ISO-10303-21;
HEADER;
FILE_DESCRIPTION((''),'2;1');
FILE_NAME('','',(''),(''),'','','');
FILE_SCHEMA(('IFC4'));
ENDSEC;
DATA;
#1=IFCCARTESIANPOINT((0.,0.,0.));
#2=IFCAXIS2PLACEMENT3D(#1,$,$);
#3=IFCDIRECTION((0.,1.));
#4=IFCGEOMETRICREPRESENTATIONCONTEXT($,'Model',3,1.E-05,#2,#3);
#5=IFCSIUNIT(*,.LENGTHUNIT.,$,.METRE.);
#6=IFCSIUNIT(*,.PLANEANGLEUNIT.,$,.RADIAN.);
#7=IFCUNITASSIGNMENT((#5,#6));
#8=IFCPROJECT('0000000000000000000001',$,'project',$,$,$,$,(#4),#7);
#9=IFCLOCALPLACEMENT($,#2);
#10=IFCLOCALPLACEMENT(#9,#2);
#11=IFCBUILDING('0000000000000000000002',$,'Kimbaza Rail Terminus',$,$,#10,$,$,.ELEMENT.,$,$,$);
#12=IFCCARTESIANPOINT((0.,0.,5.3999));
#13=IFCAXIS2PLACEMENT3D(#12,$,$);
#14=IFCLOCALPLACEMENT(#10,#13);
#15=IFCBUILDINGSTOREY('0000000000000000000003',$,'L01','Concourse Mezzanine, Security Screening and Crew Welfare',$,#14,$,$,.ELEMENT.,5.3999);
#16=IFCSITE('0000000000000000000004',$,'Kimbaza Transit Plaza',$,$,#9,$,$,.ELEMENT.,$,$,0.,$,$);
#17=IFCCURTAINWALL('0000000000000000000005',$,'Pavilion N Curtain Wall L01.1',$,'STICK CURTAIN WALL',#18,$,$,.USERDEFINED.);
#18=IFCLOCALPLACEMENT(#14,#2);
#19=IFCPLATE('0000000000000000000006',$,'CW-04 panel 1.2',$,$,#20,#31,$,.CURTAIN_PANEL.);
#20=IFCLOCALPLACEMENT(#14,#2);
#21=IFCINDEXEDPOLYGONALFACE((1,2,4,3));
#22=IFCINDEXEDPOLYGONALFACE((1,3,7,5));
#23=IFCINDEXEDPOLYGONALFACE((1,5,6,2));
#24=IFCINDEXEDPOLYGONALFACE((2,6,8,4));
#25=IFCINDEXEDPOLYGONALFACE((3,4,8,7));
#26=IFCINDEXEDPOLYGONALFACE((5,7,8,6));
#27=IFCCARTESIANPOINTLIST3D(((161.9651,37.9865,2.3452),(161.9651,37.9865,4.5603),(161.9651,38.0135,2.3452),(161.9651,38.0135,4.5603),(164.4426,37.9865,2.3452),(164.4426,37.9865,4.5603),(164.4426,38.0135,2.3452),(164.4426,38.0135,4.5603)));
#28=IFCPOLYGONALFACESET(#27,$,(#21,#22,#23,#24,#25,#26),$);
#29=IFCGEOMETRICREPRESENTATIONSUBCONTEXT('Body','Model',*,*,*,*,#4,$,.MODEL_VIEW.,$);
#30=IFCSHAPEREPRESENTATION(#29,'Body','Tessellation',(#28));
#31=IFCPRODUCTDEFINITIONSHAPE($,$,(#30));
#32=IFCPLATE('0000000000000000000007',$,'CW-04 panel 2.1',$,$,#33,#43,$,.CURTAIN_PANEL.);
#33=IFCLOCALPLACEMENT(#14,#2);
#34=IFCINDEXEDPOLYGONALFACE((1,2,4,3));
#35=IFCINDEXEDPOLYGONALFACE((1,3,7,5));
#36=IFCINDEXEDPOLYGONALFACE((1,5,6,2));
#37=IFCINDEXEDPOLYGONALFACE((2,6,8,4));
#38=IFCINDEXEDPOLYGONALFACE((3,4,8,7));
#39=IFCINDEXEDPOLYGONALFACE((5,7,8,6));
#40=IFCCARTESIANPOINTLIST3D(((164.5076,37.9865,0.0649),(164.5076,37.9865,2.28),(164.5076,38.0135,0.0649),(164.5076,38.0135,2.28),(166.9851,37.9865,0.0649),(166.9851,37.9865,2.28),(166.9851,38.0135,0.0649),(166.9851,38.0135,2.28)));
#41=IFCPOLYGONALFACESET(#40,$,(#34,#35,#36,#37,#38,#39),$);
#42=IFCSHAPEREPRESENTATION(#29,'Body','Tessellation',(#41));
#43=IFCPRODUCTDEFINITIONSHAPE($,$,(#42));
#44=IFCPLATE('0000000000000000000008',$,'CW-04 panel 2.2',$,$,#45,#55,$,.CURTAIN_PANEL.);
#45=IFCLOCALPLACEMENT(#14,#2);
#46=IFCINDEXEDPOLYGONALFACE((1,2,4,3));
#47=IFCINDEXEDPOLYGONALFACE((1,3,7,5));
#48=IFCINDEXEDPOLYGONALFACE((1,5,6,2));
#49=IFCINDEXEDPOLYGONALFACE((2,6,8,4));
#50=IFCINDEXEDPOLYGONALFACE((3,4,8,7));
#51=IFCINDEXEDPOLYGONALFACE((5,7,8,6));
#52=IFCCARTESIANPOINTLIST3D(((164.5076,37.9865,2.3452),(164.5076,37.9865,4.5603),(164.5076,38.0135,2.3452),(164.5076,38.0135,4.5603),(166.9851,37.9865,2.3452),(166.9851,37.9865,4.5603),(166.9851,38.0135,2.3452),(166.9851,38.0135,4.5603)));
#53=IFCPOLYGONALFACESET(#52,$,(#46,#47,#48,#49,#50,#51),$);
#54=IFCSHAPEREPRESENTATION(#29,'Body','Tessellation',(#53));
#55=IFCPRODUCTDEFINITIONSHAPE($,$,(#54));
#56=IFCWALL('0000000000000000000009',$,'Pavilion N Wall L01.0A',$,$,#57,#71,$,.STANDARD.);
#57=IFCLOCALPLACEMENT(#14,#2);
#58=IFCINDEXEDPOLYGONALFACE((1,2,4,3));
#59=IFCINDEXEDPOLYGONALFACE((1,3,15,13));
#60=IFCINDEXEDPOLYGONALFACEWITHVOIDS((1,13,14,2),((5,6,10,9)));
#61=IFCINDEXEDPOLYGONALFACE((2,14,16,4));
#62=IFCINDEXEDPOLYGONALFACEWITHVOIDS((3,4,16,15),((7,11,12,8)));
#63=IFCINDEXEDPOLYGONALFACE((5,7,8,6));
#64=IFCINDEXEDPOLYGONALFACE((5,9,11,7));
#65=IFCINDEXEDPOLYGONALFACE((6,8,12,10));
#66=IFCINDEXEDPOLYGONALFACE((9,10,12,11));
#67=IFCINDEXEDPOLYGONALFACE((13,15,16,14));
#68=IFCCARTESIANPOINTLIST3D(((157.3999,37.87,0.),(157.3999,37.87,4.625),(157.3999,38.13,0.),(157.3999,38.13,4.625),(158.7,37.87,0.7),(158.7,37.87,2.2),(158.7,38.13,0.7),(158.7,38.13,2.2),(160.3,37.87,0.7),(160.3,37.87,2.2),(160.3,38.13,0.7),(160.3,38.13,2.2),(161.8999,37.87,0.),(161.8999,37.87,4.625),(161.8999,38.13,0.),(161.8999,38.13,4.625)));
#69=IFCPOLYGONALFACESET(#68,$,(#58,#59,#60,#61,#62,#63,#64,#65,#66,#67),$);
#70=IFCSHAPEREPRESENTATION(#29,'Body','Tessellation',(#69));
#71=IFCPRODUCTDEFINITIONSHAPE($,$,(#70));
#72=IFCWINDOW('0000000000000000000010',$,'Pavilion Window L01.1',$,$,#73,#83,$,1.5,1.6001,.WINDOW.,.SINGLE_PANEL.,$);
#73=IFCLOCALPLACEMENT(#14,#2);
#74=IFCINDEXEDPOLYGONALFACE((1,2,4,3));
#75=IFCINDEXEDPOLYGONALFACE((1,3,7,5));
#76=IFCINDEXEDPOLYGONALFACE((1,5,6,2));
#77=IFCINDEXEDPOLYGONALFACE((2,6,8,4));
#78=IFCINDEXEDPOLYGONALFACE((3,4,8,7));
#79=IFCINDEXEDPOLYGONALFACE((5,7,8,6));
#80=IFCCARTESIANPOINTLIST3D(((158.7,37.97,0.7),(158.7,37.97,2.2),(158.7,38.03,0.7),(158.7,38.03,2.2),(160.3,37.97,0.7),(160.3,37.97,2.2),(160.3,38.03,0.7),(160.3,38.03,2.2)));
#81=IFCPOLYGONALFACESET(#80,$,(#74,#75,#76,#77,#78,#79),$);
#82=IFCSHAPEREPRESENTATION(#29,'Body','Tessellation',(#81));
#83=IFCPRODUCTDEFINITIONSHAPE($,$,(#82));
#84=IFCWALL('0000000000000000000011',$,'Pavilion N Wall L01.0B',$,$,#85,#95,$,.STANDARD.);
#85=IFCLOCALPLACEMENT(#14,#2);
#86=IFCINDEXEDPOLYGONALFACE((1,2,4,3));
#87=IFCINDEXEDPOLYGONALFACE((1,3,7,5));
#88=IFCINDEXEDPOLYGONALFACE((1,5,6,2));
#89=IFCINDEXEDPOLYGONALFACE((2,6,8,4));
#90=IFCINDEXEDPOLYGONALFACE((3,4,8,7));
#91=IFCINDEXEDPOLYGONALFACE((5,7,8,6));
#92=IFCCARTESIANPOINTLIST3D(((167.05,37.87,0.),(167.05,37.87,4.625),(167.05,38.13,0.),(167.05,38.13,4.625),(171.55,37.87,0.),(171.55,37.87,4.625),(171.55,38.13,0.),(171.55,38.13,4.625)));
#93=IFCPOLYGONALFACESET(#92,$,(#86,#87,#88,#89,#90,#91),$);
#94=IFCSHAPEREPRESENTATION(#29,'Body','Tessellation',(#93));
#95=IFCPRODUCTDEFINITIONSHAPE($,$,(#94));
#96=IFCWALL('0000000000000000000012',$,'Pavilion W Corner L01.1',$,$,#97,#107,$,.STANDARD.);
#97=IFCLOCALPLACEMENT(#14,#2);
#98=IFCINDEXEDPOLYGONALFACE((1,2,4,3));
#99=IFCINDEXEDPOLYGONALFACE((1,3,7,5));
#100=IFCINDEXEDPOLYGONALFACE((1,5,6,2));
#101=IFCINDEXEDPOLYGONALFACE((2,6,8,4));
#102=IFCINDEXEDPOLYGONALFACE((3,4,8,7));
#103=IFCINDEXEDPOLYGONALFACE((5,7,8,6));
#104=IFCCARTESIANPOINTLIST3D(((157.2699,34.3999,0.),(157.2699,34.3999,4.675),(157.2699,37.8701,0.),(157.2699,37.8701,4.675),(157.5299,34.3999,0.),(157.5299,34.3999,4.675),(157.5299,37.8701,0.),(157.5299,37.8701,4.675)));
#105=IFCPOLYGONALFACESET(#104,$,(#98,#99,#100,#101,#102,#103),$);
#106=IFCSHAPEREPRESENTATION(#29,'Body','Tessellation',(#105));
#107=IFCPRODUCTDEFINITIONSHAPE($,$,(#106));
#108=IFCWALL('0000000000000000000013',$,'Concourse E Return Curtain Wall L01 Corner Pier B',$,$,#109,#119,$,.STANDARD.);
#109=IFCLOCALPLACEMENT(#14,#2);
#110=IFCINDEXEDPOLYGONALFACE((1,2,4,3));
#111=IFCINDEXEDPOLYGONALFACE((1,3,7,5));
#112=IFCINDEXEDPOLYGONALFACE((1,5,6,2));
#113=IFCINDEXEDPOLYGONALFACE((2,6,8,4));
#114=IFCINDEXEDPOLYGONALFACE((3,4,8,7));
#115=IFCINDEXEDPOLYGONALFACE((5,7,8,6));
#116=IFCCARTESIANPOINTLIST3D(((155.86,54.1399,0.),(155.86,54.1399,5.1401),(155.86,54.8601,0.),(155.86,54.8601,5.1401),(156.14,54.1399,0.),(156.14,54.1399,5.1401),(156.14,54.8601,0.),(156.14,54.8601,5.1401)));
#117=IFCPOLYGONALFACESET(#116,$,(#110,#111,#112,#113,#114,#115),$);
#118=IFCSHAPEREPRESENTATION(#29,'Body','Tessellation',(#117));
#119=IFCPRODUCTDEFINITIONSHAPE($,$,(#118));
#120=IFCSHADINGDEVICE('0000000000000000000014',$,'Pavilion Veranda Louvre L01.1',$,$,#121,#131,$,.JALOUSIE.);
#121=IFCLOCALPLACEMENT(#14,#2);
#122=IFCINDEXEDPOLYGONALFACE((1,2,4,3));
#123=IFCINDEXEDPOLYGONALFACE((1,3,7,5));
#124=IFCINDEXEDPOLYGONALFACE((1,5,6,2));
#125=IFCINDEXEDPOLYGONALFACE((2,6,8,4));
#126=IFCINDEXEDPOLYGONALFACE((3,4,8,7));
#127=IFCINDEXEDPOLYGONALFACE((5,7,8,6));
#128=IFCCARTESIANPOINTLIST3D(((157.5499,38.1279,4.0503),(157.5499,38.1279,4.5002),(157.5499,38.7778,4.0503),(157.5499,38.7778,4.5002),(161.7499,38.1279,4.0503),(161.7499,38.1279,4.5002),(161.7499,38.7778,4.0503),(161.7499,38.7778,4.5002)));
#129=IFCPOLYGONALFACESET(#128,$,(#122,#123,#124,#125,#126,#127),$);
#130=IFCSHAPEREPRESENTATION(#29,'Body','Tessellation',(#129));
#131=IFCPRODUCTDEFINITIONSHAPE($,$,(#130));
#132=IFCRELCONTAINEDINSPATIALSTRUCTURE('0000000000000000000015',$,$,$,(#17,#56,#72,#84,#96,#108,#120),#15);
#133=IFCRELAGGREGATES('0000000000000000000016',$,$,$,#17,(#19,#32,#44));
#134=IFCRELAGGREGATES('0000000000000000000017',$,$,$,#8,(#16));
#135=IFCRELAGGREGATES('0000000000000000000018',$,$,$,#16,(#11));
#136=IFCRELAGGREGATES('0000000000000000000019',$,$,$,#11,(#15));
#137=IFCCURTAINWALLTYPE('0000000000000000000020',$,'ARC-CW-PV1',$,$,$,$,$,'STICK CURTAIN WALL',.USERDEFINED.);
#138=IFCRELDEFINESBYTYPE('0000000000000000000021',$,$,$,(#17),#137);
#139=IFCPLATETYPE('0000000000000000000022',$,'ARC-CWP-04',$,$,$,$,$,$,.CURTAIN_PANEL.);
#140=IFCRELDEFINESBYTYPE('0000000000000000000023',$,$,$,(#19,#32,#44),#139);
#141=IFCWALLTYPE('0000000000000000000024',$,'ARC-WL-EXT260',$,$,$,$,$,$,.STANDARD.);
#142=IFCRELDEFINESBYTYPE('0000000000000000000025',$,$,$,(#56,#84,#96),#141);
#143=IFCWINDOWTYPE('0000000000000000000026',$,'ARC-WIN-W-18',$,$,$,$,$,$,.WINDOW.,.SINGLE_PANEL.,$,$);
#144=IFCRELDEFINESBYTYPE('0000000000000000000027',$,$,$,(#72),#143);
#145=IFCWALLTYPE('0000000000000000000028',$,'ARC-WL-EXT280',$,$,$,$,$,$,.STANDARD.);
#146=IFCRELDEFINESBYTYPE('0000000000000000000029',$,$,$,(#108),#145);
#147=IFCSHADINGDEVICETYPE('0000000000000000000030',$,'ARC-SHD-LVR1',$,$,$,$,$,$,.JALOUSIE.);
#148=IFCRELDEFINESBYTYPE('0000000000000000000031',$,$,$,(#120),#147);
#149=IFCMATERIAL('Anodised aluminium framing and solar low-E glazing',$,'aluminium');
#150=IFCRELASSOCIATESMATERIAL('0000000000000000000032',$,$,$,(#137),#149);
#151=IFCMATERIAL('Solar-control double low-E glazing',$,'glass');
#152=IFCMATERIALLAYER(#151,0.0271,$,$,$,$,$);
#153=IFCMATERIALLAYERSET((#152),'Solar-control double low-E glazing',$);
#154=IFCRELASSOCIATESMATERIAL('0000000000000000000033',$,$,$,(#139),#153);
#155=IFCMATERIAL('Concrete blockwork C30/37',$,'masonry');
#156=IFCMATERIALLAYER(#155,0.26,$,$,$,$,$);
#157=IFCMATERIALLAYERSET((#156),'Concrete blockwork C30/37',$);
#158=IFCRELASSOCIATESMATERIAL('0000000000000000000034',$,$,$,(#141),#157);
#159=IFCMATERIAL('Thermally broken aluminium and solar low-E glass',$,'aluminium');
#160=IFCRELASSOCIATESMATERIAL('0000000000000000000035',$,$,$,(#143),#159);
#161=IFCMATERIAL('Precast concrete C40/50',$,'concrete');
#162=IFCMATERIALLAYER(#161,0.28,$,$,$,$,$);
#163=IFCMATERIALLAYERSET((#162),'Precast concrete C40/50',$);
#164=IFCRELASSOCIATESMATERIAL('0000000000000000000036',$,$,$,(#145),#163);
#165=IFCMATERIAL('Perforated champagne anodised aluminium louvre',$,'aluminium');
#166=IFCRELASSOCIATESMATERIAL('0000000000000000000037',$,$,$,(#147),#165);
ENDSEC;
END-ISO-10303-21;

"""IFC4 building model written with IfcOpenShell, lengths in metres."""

from ifc_helpers import new_model, si_unit, direction, frame, frame_2d, origin, origin_2d, place, context, subcontext, project, spatial, rectangle, extrude, material, layer, layer_set, type_object, element, fill, aggregate, save


model = new_model("IFC4")

# Units and contexts
model_context = context("Model", 3, precision=1e-05, world=origin(), true_north=direction((0.0, 1.0)))
body_context = subcontext(model_context, "Body", "Model", "MODEL_VIEW")
ifc_project = project(units=[si_unit("LENGTHUNIT", "METRE"), si_unit("PLANEANGLEUNIT", "RADIAN")], contexts=[model_context])

# Site, building, storey
site_placement = place(None, origin())
site = spatial("IfcSite", under=ifc_project, at=site_placement, Name="Kimbaza Transit Plaza", CompositionType="ELEMENT", RefElevation=0.0)
building_placement = place(site_placement, origin())
building = spatial("IfcBuilding", under=site, at=building_placement, Name="Kimbaza Rail Terminus", CompositionType="ELEMENT")
storey_placement = place(building_placement, frame((0.0, 0.0, 5.3999)))
storey = spatial("IfcBuildingStorey", under=building, at=storey_placement, Name="L01", Description="Concourse Mezzanine, Security Screening and Crew Welfare", CompositionType="ELEMENT", Elevation=5.3999)

# Curtain wall
ifc_material_1 = material(Name="Anodised aluminium framing and solar low-E glazing", Category="aluminium")
curtain_wall_type_1 = type_object("IfcCurtainWallType", Name="ARC-CW-PV1", ElementType="STICK CURTAIN WALL", PredefinedType="USERDEFINED", material=ifc_material_1)
curtain_wall_1_placement = place(storey_placement, origin())
curtain_wall_1 = element("IfcCurtainWall", 1, at=curtain_wall_1_placement, inside=storey, type_object=curtain_wall_type_1, Name="Pavilion N Curtain Wall L01.1", ObjectType="STICK CURTAIN WALL", PredefinedType="USERDEFINED")

# Plates
ifc_material_2 = material(Name="Solar-control double low-E glazing", Category="glass")
ifc_layer_1 = layer(ifc_material_2, 0.0271)
ifc_layer_set_1 = layer_set([ifc_layer_1], Name="Solar-control double low-E glazing")
plate_type_1 = type_object("IfcPlateType", Name="ARC-CWP-04", PredefinedType="CURTAIN_PANEL", material=ifc_layer_set_1)
plate_1_placement = place(storey_placement, frame((163.2039, 38.0, 2.3452), z_axis=(0.0, 0.0, 1.0), x_axis=(1.0, 0.0, 0.0)))
plate_1 = element("IfcPlate", 2, at=plate_1_placement, type_object=plate_type_1, Name="CW-04 panel 1.2", PredefinedType="CURTAIN_PANEL", context=body_context, shape_type="SweptSolid", body=[
    extrude(rectangle(XDim=2.4775, YDim=0.0271, at=origin_2d()), origin(), (0.0, 0.0, 1.0), 2.2151),
])
plate_2_placement = place(storey_placement, frame((165.7463, 38.0, 0.0649), z_axis=(0.0, 0.0, 1.0), x_axis=(1.0, 0.0, 0.0)))
plate_2 = element("IfcPlate", 3, at=plate_2_placement, type_object=plate_type_1, Name="CW-04 panel 2.1", PredefinedType="CURTAIN_PANEL", context=body_context, shape_type="SweptSolid", body=[
    extrude(rectangle(XDim=2.4775, YDim=0.0271, at=origin_2d()), origin(), (0.0, 0.0, 1.0), 2.2151),
])
plate_3_placement = place(storey_placement, frame((165.7463, 38.0, 2.3452), z_axis=(0.0, 0.0, 1.0), x_axis=(1.0, 0.0, 0.0)))
plate_3 = element("IfcPlate", 4, at=plate_3_placement, type_object=plate_type_1, Name="CW-04 panel 2.2", PredefinedType="CURTAIN_PANEL", context=body_context, shape_type="SweptSolid", body=[
    extrude(rectangle(XDim=2.4775, YDim=0.0271, at=origin_2d()), origin(), (0.0, 0.0, 1.0), 2.2151),
])
aggregate(curtain_wall_1, [plate_1, plate_2, plate_3])

# Wall, opening, window
ifc_material_3 = material(Name="Concrete blockwork C30/37", Category="masonry")
ifc_layer_2 = layer(ifc_material_3, 0.26)
ifc_layer_set_2 = layer_set([ifc_layer_2], Name="Concrete blockwork C30/37")
wall_type_1 = type_object("IfcWallType", Name="ARC-WL-EXT260", PredefinedType="STANDARD", material=ifc_layer_set_2)
wall_1_placement = place(storey_placement, frame((157.3999, 38.0, 0.0), z_axis=(0.0, 0.0, 1.0), x_axis=(1.0, 0.0, 0.0)))
wall_1 = element("IfcWall", 5, at=wall_1_placement, inside=storey, type_object=wall_type_1, Name="Pavilion N Wall L01.0A", PredefinedType="STANDARD", context=body_context, shape_type="SweptSolid", body=[
    extrude(rectangle(XDim=4.5, YDim=0.26, at=frame_2d((2.25, 0.0))), origin(), (0.0, 0.0, 1.0), 4.625),
])
opening_placement = place(wall_1_placement, frame((1.3, 0.0, 0.7)))
opening = element("IfcOpeningElement", 6, at=opening_placement, cuts=wall_1, PredefinedType="OPENING", context=body_context, shape_type="SweptSolid", body=[
    extrude(rectangle(XDim=1.6001, YDim=1.5, at=frame_2d((0.8, 0.75))), frame((0.0, 0.1399, 0.0), z_axis=(0.0, -1.0, 0.0), x_axis=(1.0, 0.0, 0.0)), (0.0, 0.0, 1.0), 0.28),
])
ifc_material_4 = material(Name="Thermally broken aluminium and solar low-E glass", Category="aluminium")
window_type = type_object("IfcWindowType", Name="ARC-WIN-W-18", PartitioningType="SINGLE_PANEL", PredefinedType="WINDOW", material=ifc_material_4)
window_placement = place(opening_placement, origin())
window = element("IfcWindow", 7, at=window_placement, inside=storey, type_object=window_type, Name="Pavilion Window L01.1", OverallHeight=1.5, OverallWidth=1.6001, PartitioningType="SINGLE_PANEL", PredefinedType="WINDOW", context=body_context, shape_type="SweptSolid", body=[
    extrude(rectangle(XDim=1.6001, YDim=1.5, at=frame_2d((0.8, 0.75))), frame((0.0, 0.03, 0.0), z_axis=(0.0, -1.0, 0.0), x_axis=(1.0, 0.0, 0.0)), (0.0, 0.0, 1.0), 0.0601),
])
fill(opening, window)

# Walls
wall_2_placement = place(storey_placement, frame((167.05, 38.0, 0.0), z_axis=(0.0, 0.0, 1.0), x_axis=(1.0, 0.0, 0.0)))
element("IfcWall", 8, at=wall_2_placement, inside=storey, type_object=wall_type_1, Name="Pavilion N Wall L01.0B", PredefinedType="STANDARD", context=body_context, shape_type="SweptSolid", body=[
    extrude(rectangle(XDim=4.5, YDim=0.26, at=frame_2d((2.25, 0.0))), origin(), (0.0, 0.0, 1.0), 4.625),
])
wall_3_placement = place(storey_placement, frame((157.3999, 34.3999, 0.0), z_axis=(0.0, 0.0, 1.0), x_axis=(0.0, 1.0, 0.0)))
element("IfcWall", 9, at=wall_3_placement, inside=storey, type_object=wall_type_1, Name="Pavilion W Corner L01.1", PredefinedType="STANDARD", context=body_context, shape_type="SweptSolid", body=[
    extrude(rectangle(XDim=3.4702, YDim=0.26, at=frame_2d((1.7351, 0.0))), origin(), (0.0, 0.0, 1.0), 4.675),
])
ifc_material_5 = material(Name="Precast concrete C40/50", Category="concrete")
ifc_layer_3 = layer(ifc_material_5, 0.28)
ifc_layer_set_3 = layer_set([ifc_layer_3], Name="Precast concrete C40/50")
wall_type_2 = type_object("IfcWallType", Name="ARC-WL-EXT280", PredefinedType="STANDARD", material=ifc_layer_set_3)
wall_4_placement = place(storey_placement, frame((156.0, 54.1399, 0.0), z_axis=(0.0, 0.0, 1.0), x_axis=(0.0, 1.0, 0.0)))
element("IfcWall", 10, at=wall_4_placement, inside=storey, type_object=wall_type_2, Name="Concourse E Return Curtain Wall L01 Corner Pier B", PredefinedType="STANDARD", context=body_context, shape_type="SweptSolid", body=[
    extrude(rectangle(XDim=0.7202, YDim=0.28, at=frame_2d((0.3601, 0.0))), origin(), (0.0, 0.0, 1.0), 5.1401),
])

# Shading device
ifc_material_6 = material(Name="Perforated champagne anodised aluminium louvre", Category="aluminium")
shading_device_type = type_object("IfcShadingDeviceType", Name="ARC-SHD-LVR1", PredefinedType="JALOUSIE", material=ifc_material_6)
shading_device_placement = place(storey_placement, frame((159.6499, 38.4529, 4.0503), z_axis=(0.0, 0.0, 1.0), x_axis=(1.0, 0.0, 0.0)))
element("IfcShadingDevice", 11, at=shading_device_placement, inside=storey, type_object=shading_device_type, Name="Pavilion Veranda Louvre L01.1", PredefinedType="JALOUSIE", context=body_context, shape_type="SweptSolid", body=[
    extrude(rectangle(XDim=4.2, YDim=0.6499, at=origin_2d()), origin(), (0.0, 0.0, 1.0), 0.45),
])

save(model, "model.ifc")
